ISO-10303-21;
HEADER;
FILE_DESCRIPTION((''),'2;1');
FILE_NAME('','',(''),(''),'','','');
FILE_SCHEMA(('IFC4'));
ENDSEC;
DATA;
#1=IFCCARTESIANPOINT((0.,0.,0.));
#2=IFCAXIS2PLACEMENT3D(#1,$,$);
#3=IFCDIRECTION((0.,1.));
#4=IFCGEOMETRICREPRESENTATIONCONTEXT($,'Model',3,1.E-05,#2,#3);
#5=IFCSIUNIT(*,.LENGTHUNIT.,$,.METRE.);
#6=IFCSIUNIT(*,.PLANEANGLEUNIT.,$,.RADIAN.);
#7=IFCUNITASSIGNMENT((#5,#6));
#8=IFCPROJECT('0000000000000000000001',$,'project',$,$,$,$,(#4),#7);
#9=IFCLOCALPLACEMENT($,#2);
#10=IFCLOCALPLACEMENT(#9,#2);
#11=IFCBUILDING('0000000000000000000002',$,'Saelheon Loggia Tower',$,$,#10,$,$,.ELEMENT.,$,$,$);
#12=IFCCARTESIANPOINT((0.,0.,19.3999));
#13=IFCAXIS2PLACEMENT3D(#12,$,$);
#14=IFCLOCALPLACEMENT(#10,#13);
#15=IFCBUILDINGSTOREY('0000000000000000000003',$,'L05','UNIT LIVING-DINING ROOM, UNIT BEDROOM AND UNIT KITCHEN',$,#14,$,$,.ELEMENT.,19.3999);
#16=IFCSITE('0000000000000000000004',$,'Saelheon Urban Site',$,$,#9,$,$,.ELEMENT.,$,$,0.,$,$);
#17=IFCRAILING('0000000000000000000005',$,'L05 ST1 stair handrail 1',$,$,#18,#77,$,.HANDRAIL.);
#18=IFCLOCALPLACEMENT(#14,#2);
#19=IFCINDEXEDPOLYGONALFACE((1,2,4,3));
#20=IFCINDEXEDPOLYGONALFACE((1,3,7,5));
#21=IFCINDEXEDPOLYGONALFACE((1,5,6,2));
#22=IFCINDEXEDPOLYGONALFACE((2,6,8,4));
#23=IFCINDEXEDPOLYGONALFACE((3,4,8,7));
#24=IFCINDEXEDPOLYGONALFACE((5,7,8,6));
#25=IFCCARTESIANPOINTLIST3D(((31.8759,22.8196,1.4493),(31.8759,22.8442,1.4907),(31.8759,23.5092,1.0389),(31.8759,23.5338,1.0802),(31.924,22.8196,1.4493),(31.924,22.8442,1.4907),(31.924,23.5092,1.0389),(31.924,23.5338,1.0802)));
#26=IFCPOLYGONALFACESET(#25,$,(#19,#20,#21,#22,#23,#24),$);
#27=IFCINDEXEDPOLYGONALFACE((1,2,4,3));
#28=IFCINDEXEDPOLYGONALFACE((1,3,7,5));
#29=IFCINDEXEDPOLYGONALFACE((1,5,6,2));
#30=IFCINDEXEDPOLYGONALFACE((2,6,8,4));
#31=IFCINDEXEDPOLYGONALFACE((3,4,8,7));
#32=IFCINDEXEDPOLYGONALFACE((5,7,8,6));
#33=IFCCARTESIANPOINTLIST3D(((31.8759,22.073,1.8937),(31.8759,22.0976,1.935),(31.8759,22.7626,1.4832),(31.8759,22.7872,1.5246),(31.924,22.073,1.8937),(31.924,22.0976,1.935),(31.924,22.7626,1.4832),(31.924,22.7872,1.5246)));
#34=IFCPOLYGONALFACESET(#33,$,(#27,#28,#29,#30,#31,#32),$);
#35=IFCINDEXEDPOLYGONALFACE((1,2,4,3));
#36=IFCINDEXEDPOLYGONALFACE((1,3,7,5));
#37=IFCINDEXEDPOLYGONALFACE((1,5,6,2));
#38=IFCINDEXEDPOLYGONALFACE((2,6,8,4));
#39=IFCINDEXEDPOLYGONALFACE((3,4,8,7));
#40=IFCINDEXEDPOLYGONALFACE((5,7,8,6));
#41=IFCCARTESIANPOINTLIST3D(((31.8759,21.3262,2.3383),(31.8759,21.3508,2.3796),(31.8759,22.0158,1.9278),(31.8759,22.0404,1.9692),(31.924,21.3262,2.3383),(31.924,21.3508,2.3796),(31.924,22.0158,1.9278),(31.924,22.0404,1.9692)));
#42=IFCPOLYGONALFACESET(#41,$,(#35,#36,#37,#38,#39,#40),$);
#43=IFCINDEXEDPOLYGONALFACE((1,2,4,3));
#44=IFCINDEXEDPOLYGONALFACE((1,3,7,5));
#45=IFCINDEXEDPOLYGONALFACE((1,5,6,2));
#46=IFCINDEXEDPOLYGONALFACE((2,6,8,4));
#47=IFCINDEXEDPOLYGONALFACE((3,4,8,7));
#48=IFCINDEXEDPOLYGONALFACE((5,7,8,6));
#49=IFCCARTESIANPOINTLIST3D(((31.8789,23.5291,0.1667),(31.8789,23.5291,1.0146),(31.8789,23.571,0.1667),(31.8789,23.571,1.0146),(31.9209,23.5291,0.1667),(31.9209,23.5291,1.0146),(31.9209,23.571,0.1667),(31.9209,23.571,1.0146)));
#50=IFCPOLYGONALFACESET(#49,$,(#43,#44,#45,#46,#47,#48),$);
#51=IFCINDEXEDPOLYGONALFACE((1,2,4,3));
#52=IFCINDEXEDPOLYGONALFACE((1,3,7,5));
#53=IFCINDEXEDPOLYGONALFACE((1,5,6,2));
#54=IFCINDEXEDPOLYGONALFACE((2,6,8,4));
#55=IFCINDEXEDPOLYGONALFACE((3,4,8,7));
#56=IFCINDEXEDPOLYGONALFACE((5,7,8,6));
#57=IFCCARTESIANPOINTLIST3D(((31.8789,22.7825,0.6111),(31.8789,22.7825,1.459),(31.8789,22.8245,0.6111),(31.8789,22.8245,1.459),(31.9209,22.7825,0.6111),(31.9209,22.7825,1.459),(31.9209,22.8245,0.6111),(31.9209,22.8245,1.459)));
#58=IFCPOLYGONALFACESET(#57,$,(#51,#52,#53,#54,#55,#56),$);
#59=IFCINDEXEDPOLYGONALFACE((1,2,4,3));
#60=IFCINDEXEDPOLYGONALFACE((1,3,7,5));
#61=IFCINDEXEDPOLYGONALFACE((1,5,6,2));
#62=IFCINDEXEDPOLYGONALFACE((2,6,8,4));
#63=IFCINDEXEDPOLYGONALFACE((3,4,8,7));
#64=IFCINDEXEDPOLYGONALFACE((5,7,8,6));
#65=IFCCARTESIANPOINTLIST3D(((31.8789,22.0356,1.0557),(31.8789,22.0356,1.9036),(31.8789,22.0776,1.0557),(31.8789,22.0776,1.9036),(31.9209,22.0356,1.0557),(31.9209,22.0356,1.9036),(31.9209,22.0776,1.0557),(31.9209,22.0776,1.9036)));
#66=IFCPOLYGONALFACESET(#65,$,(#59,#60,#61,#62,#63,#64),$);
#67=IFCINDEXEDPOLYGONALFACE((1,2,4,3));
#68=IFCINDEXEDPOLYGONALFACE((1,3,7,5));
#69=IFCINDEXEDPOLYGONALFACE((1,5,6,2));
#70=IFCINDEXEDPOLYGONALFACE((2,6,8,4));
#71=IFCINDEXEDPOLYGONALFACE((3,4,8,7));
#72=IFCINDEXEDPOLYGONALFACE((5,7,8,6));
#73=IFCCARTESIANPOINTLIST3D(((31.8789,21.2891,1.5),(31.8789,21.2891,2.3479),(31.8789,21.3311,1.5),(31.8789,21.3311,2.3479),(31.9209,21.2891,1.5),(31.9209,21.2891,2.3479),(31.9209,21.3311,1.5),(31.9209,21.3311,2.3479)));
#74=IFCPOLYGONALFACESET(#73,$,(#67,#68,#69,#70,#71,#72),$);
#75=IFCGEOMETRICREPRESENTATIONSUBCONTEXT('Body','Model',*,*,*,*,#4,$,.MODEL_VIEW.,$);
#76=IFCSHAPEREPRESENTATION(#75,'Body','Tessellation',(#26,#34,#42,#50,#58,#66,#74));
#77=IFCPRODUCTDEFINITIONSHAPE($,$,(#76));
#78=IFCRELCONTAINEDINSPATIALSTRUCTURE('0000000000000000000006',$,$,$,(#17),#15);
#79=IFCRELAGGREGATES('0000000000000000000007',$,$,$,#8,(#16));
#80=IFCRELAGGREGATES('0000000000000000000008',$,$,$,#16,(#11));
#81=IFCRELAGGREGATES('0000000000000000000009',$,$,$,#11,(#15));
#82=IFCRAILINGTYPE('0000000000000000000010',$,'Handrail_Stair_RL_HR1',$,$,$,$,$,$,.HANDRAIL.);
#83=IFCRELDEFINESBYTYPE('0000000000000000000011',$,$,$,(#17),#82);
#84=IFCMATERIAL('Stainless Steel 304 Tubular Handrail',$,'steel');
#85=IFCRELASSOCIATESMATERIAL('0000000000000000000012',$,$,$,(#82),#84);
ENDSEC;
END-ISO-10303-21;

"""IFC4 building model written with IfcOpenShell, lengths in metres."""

from ifc_helpers import new_model, si_unit, direction, frame, origin, origin_2d, place, context, subcontext, project, spatial, rectangle, extrude, material, type_object, element, save


model = new_model("IFC4")

# Units and contexts
model_context = context("Model", 3, precision=1e-05, world=origin(), true_north=direction((0.0, 1.0)))
body_context = subcontext(model_context, "Body", "Model", "MODEL_VIEW")
ifc_project = project(units=[si_unit("LENGTHUNIT", "METRE"), si_unit("PLANEANGLEUNIT", "RADIAN")], contexts=[model_context])

# Site, building, storey
site_placement = place(None, origin())
site = spatial("IfcSite", under=ifc_project, at=site_placement, Name="Saelheon Urban Site", CompositionType="ELEMENT", RefElevation=0.0)
building_placement = place(site_placement, origin())
building = spatial("IfcBuilding", under=site, at=building_placement, Name="Saelheon Loggia Tower", CompositionType="ELEMENT")
storey_placement = place(building_placement, frame((0.0, 0.0, 19.3999)))
storey = spatial("IfcBuildingStorey", under=building, at=storey_placement, Name="L05", Description="UNIT LIVING-DINING ROOM, UNIT BEDROOM AND UNIT KITCHEN", CompositionType="ELEMENT", Elevation=19.3999)

# Railing
ifc_material_1 = material(Name="Stainless Steel 304 Tubular Handrail", Category="steel")
railing_type_1 = type_object("IfcRailingType", Name="Handrail_Stair_RL_HR1", PredefinedType="HANDRAIL", material=ifc_material_1)
railing_1_placement = place(storey_placement, frame((31.8999, 23.55, 0.1667)))
element("IfcRailing", 1, at=railing_1_placement, inside=storey, type_object=railing_type_1, Name="L05 ST1 stair handrail 1", PredefinedType="HANDRAIL", context=body_context, shape_type="SweptSolid", body=[
    extrude(rectangle(XDim=0.0481, YDim=0.0481, at=origin_2d()), frame((0.0, -0.0286, 0.8928), z_axis=(0.0, -0.859306, 0.511462), x_axis=(1.0, 0.0, 0.0)), (0.0, 0.0, 1.0), 0.8025),
    extrude(rectangle(XDim=0.0481, YDim=0.0481, at=origin_2d()), frame((0.0, -0.7751, 1.3372), z_axis=(0.0, -0.859306, 0.511462), x_axis=(1.0, 0.0, 0.0)), (0.0, 0.0, 1.0), 0.8025),
    extrude(rectangle(XDim=0.0481, YDim=0.0481, at=origin_2d()), frame((0.0, -1.522, 1.7817), z_axis=(0.0, -0.859306, 0.511462), x_axis=(1.0, 0.0, 0.0)), (0.0, 0.0, 1.0), 0.8025),
    extrude(rectangle(XDim=0.042, YDim=0.042, at=origin_2d()), origin(), (0.0, 0.0, 1.0), 0.8479),
    extrude(rectangle(XDim=0.042, YDim=0.042, at=origin_2d()), frame((0.0, -0.7466, 0.4443)), (0.0, 0.0, 1.0), 0.8479),
    extrude(rectangle(XDim=0.042, YDim=0.042, at=origin_2d()), frame((0.0, -1.4934, 0.8889)), (0.0, 0.0, 1.0), 0.8479),
    extrude(rectangle(XDim=0.042, YDim=0.042, at=origin_2d()), frame((0.0, -2.24, 1.3333)), (0.0, 0.0, 1.0), 0.8479),
])

save(model, "model.ifc")
